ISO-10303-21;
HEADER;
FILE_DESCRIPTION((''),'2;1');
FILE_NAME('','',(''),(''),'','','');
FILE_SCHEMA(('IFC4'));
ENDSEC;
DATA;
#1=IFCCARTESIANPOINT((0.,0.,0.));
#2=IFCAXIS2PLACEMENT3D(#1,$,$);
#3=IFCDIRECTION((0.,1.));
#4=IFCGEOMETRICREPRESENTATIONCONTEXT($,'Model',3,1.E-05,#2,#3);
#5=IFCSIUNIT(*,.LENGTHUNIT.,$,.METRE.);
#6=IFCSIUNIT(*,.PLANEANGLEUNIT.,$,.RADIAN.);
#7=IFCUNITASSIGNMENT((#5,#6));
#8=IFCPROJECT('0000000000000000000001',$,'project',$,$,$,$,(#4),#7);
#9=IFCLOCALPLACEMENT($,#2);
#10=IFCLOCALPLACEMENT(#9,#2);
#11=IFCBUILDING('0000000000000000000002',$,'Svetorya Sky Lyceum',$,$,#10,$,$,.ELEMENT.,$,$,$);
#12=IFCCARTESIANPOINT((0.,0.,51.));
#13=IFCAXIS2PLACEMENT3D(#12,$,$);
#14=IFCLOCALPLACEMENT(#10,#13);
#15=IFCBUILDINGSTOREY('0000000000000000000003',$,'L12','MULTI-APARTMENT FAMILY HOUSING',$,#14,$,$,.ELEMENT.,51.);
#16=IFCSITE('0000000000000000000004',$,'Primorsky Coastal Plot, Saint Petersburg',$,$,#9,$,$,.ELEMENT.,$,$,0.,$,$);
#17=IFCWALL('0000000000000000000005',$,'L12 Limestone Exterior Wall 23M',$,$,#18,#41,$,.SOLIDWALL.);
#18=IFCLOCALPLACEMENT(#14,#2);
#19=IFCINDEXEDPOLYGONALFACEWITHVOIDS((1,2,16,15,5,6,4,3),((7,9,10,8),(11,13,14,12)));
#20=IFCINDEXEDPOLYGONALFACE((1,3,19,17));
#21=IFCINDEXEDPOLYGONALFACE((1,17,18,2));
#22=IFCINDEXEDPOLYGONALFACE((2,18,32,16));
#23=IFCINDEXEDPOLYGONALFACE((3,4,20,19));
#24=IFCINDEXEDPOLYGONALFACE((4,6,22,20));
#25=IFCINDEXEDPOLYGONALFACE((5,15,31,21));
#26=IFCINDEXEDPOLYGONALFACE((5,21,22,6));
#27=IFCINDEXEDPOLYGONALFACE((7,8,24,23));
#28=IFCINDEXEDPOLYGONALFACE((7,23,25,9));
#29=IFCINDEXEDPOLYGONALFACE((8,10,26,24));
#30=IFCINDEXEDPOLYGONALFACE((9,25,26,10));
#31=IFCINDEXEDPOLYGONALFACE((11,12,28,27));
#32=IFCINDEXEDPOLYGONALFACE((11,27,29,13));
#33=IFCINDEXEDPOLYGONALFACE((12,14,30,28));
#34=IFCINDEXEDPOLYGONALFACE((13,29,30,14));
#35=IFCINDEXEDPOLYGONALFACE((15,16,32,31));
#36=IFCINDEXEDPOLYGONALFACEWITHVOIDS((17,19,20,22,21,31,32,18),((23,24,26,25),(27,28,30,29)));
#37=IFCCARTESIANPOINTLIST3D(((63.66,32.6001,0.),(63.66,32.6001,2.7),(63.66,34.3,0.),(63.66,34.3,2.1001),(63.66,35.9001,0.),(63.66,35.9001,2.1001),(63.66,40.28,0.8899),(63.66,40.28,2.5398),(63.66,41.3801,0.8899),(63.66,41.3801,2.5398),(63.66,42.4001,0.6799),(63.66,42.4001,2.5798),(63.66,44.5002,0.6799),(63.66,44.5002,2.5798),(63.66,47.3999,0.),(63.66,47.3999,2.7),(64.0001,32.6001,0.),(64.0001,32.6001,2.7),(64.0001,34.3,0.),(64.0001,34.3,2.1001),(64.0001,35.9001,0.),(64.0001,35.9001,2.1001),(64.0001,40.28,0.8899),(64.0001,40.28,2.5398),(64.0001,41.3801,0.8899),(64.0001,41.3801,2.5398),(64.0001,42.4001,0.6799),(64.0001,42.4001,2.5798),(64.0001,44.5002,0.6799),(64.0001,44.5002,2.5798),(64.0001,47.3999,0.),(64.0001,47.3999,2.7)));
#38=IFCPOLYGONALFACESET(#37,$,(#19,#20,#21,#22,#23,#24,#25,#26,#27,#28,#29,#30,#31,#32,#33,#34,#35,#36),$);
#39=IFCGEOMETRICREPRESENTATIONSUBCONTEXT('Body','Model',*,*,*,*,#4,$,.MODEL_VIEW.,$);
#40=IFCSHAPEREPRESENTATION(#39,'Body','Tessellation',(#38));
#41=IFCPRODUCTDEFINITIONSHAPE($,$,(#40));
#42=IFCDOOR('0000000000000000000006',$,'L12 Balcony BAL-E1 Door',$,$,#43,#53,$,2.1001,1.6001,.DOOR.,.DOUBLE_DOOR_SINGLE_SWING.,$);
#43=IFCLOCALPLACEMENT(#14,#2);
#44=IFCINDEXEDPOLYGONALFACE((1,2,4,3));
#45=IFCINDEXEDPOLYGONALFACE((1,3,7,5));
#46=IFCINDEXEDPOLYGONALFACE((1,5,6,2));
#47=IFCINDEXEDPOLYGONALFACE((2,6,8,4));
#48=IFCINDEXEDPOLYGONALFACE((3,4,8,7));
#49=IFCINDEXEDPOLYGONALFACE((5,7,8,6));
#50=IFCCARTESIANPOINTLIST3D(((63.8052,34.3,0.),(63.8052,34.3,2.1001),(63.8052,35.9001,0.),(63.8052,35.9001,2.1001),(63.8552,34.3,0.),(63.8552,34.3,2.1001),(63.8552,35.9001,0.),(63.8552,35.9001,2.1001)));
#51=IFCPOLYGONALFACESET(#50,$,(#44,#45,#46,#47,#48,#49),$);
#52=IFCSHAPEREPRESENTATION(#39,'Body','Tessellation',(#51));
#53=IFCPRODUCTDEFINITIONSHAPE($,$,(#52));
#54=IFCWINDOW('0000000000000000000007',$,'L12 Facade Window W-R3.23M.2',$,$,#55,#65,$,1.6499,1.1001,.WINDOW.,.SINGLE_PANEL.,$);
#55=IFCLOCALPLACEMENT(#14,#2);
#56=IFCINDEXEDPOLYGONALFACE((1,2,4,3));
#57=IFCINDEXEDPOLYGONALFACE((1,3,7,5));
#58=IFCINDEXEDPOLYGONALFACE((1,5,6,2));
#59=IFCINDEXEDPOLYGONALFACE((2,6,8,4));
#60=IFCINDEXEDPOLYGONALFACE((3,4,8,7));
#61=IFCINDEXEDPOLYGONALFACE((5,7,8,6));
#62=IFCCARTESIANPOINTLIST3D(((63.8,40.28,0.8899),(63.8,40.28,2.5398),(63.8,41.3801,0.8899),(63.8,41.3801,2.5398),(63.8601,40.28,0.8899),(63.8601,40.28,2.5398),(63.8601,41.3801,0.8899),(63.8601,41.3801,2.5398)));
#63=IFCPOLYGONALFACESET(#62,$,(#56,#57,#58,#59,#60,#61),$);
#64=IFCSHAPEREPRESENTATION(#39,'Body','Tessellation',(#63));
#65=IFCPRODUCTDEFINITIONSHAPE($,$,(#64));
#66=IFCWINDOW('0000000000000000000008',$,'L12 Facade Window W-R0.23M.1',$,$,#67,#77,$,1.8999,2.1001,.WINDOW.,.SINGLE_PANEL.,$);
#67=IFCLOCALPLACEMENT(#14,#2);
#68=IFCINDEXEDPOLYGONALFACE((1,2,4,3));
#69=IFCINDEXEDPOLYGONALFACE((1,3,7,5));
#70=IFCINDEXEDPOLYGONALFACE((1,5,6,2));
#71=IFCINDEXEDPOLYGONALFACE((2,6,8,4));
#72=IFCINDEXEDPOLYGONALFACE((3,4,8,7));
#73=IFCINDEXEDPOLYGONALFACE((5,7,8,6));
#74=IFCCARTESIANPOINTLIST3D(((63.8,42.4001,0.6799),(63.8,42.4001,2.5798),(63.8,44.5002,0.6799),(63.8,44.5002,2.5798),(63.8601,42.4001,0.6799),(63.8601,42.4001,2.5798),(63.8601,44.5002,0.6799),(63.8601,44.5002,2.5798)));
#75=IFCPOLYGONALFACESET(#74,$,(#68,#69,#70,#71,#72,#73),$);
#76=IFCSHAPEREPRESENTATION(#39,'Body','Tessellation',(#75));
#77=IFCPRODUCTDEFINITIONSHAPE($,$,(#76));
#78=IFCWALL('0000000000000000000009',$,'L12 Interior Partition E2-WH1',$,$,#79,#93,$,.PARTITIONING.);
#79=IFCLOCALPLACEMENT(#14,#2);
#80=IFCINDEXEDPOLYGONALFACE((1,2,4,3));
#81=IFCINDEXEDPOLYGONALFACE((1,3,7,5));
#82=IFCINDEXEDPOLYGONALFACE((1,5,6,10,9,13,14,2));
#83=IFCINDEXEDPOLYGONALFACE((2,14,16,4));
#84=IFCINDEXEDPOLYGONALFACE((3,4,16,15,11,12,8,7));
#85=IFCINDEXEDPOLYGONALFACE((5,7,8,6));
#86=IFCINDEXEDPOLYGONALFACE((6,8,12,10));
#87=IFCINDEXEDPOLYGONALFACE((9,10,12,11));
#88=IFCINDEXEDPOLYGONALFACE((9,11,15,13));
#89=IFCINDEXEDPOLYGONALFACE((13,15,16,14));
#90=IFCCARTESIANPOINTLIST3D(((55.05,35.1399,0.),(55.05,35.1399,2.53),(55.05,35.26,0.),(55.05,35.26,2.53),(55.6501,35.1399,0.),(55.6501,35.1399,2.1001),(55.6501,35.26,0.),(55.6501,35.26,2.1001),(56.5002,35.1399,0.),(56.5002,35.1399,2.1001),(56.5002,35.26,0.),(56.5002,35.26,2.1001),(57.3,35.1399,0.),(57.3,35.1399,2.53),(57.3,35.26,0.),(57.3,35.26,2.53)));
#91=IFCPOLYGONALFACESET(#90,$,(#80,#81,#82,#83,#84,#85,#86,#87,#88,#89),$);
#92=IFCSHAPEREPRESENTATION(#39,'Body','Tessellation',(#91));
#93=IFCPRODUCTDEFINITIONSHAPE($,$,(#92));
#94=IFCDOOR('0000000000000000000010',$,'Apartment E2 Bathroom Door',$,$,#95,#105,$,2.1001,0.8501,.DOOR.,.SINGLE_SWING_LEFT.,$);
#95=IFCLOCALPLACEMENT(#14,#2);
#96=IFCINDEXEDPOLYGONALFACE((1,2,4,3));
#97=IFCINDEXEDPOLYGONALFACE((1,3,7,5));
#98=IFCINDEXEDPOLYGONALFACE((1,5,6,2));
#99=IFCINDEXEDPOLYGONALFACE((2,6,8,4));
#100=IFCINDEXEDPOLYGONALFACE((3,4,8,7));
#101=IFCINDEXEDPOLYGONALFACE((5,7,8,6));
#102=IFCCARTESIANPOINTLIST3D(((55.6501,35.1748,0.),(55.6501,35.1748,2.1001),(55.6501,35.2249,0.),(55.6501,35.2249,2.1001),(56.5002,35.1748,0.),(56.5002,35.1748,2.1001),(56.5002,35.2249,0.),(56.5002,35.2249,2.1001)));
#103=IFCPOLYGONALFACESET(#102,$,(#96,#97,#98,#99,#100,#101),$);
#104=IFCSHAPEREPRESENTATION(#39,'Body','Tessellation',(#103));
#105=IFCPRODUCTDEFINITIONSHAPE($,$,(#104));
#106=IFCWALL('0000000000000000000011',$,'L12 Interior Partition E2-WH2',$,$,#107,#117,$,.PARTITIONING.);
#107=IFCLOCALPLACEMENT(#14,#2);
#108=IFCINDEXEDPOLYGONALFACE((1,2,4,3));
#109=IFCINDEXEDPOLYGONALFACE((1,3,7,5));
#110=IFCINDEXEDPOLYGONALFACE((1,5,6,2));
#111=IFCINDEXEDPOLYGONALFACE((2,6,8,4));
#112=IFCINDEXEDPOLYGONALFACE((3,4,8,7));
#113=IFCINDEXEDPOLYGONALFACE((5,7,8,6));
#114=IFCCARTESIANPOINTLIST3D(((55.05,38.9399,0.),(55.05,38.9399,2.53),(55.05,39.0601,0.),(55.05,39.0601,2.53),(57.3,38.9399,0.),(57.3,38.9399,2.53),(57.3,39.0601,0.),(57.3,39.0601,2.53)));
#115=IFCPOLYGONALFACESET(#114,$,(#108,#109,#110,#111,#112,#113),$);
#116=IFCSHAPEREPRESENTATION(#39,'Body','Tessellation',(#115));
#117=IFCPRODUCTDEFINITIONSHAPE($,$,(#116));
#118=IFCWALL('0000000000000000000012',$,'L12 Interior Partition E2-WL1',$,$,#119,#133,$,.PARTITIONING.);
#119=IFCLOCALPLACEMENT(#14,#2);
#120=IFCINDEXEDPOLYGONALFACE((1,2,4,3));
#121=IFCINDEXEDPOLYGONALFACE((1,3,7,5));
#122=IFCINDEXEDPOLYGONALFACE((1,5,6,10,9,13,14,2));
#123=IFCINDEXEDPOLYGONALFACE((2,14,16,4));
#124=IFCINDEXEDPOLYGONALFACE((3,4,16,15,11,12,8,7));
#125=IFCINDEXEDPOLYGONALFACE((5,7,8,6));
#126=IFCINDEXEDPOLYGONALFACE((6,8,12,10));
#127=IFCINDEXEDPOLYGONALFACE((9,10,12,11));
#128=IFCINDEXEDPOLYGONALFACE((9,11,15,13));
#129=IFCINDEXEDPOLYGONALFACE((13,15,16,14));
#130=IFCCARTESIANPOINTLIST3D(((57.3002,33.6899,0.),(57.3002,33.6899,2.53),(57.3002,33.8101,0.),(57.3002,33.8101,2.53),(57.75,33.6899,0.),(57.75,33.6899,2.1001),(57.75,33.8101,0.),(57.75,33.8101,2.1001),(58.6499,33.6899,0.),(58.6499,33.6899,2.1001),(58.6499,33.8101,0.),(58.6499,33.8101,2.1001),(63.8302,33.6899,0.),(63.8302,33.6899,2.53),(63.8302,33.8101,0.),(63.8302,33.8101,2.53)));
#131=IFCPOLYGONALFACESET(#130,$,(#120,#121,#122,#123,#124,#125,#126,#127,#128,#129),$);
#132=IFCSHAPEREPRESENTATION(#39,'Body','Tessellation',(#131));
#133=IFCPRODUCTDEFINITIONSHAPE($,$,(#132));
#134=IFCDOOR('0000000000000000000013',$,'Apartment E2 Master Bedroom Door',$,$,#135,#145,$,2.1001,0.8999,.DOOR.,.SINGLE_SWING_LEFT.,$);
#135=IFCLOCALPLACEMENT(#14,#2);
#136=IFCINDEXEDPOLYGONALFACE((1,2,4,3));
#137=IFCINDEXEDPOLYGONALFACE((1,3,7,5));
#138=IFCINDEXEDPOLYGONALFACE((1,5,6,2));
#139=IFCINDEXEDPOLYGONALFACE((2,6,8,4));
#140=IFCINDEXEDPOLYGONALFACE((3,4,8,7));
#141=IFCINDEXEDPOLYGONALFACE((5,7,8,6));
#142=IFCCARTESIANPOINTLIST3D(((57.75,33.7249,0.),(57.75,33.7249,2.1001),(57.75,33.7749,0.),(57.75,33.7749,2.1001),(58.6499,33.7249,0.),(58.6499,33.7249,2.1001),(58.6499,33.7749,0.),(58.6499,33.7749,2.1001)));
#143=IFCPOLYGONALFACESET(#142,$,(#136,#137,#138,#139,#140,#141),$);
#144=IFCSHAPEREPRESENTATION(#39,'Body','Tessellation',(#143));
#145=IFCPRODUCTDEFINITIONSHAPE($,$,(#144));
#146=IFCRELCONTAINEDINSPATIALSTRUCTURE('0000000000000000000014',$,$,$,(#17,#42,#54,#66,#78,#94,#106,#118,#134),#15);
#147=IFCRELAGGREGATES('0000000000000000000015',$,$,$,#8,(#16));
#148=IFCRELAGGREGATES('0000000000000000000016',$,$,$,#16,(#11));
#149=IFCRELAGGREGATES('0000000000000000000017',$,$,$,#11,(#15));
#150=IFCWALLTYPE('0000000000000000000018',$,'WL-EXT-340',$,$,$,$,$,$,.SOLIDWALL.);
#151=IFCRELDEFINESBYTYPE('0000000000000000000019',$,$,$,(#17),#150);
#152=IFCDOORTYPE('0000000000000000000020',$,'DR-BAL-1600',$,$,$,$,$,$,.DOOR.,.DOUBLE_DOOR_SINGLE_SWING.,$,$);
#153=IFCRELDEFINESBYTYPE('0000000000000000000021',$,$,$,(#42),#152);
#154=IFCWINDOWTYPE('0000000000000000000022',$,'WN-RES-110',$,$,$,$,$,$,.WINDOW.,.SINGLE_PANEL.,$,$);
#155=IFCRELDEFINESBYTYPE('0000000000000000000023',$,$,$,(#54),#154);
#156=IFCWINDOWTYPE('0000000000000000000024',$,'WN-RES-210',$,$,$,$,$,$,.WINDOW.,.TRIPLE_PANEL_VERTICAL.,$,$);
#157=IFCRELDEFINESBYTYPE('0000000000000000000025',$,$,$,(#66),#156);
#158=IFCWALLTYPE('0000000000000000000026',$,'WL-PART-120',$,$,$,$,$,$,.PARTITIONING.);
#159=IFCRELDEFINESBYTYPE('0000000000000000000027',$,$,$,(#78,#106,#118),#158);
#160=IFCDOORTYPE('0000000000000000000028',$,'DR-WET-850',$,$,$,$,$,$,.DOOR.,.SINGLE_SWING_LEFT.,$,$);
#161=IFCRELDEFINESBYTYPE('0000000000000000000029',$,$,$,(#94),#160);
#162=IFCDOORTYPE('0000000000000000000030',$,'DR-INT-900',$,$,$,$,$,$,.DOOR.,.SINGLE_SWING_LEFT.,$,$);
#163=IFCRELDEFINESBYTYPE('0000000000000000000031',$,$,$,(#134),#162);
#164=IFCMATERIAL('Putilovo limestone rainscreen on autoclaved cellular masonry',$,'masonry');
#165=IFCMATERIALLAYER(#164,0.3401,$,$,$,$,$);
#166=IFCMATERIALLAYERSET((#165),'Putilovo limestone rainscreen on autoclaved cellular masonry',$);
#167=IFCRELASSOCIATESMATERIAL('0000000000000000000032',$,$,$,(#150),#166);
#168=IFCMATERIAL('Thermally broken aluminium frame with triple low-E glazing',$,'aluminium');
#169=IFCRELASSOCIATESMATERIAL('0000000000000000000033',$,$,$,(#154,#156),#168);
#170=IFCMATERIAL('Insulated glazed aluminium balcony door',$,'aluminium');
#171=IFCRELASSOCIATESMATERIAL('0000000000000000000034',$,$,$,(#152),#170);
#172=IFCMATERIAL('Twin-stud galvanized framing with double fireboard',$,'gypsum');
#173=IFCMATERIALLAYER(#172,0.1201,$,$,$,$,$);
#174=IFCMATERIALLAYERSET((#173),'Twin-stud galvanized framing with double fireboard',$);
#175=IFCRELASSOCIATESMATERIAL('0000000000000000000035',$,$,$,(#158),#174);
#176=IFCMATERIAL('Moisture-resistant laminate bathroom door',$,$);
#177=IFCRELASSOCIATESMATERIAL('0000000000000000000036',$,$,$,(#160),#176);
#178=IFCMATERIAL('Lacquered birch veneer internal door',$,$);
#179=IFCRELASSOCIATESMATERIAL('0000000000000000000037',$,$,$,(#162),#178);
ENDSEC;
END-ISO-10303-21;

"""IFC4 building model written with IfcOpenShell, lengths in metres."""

from ifc_helpers import new_model, si_unit, direction, frame, frame_2d, origin, place, context, subcontext, project, spatial, rectangle, extrude, material, layer, layer_set, type_object, element, fill, save


model = new_model("IFC4")

# Units and contexts
model_context = context("Model", 3, precision=1e-05, world=origin(), true_north=direction((0.0, 1.0)))
body_context = subcontext(model_context, "Body", "Model", "MODEL_VIEW")
ifc_project = project(units=[si_unit("LENGTHUNIT", "METRE"), si_unit("PLANEANGLEUNIT", "RADIAN")], contexts=[model_context])

# Site, building, storey
site_placement = place(None, origin())
site = spatial("IfcSite", under=ifc_project, at=site_placement, Name="Primorsky Coastal Plot, Saint Petersburg", CompositionType="ELEMENT", RefElevation=0.0)
building_placement = place(site_placement, origin())
building = spatial("IfcBuilding", under=site, at=building_placement, Name="Svetorya Sky Lyceum", CompositionType="ELEMENT")
storey_placement = place(building_placement, frame((0.0, 0.0, 51.0)))
storey = spatial("IfcBuildingStorey", under=building, at=storey_placement, Name="L12", Description="MULTI-APARTMENT FAMILY HOUSING", CompositionType="ELEMENT", Elevation=51.0)

# Shared definitions
ifc_material_1 = material(Name="Putilovo limestone rainscreen on autoclaved cellular masonry", Category="masonry")
ifc_layer_1 = layer(ifc_material_1, 0.3401)
ifc_layer_set_1 = layer_set([ifc_layer_1], Name="Putilovo limestone rainscreen on autoclaved cellular masonry")
wall_type_1 = type_object("IfcWallType", Name="WL-EXT-340", PredefinedType="SOLIDWALL", material=ifc_layer_set_1)

# Shared definitions
ifc_material_2 = material(Name="Thermally broken aluminium frame with triple low-E glazing", Category="aluminium")
window_type_1 = type_object("IfcWindowType", Name="WN-RES-110", PartitioningType="SINGLE_PANEL", PredefinedType="WINDOW", material=ifc_material_2)

# Wall, openings, door, windows
wall_1_placement = place(storey_placement, frame((63.8301, 32.6001, 0.0), z_axis=(0.0, 0.0, 1.0), x_axis=(0.0, 1.0, 0.0)))
wall_1 = element("IfcWall", 1, at=wall_1_placement, inside=storey, type_object=wall_type_1, Name="L12 Limestone Exterior Wall 23M", PredefinedType="SOLIDWALL", context=body_context, shape_type="SweptSolid", body=[
    extrude(rectangle(XDim=14.7998, YDim=0.3401, at=frame_2d((7.3999, 0.0))), origin(), (0.0, 0.0, 1.0), 2.7),
])
opening_1_placement = place(wall_1_placement, frame((1.7, 0.0, 0.0)))
opening_1 = element("IfcOpeningElement", 2, at=opening_1_placement, cuts=wall_1, PredefinedType="OPENING", context=body_context, shape_type="SweptSolid", body=[
    extrude(rectangle(XDim=1.6001, YDim=2.1001, at=frame_2d((0.8, 1.05))), frame((0.0, 0.1799, 0.0), z_axis=(0.0, -1.0, 0.0), x_axis=(1.0, 0.0, 0.0)), (0.0, 0.0, 1.0), 0.3601),
])
opening_2_placement = place(wall_1_placement, frame((7.6799, 0.0, 0.8899)))
opening_2 = element("IfcOpeningElement", 3, at=opening_2_placement, cuts=wall_1, PredefinedType="OPENING", context=body_context, shape_type="SweptSolid", body=[
    extrude(rectangle(XDim=1.1001, YDim=1.6499, at=frame_2d((0.55, 0.825))), frame((0.0, 0.1799, 0.0), z_axis=(0.0, -1.0, 0.0), x_axis=(1.0, 0.0, 0.0)), (0.0, 0.0, 1.0), 0.3601),
])
opening_3_placement = place(wall_1_placement, frame((9.8, 0.0, 0.6799)))
opening_3 = element("IfcOpeningElement", 4, at=opening_3_placement, cuts=wall_1, PredefinedType="OPENING", context=body_context, shape_type="SweptSolid", body=[
    extrude(rectangle(XDim=2.1001, YDim=1.8999, at=frame_2d((1.05, 0.95))), frame((0.0, 0.1799, 0.0), z_axis=(0.0, -1.0, 0.0), x_axis=(1.0, 0.0, 0.0)), (0.0, 0.0, 1.0), 0.3601),
])
ifc_material_3 = material(Name="Insulated glazed aluminium balcony door", Category="aluminium")
door_type_1 = type_object("IfcDoorType", Name="DR-BAL-1600", OperationType="DOUBLE_DOOR_SINGLE_SWING", PredefinedType="DOOR", material=ifc_material_3)
door_1_placement = place(opening_1_placement, origin())
door_1 = element("IfcDoor", 5, at=door_1_placement, inside=storey, type_object=door_type_1, Name="L12 Balcony BAL-E1 Door", OperationType="DOUBLE_DOOR_SINGLE_SWING", OverallHeight=2.1001, OverallWidth=1.6001, PredefinedType="DOOR", context=body_context, shape_type="SweptSolid", body=[
    extrude(rectangle(XDim=1.6001, YDim=2.1001, at=frame_2d((0.8, 1.05))), frame((0.0, 0.0249, 0.0), z_axis=(0.0, -1.0, 0.0), x_axis=(1.0, 0.0, 0.0)), (0.0, 0.0, 1.0), 0.05),
])
fill(opening_1, door_1)
window_1_placement = place(opening_2_placement, origin())
window_1 = element("IfcWindow", 6, at=window_1_placement, inside=storey, type_object=window_type_1, Name="L12 Facade Window W-R3.23M.2", OverallHeight=1.6499, OverallWidth=1.1001, PartitioningType="SINGLE_PANEL", PredefinedType="WINDOW", context=body_context, shape_type="SweptSolid", body=[
    extrude(rectangle(XDim=1.1001, YDim=1.6499, at=frame_2d((0.55, 0.825))), frame((0.0, 0.03, 0.0), z_axis=(0.0, -1.0, 0.0), x_axis=(1.0, 0.0, 0.0)), (0.0, 0.0, 1.0), 0.0601),
])
fill(opening_2, window_1)
window_type_2 = type_object("IfcWindowType", Name="WN-RES-210", PartitioningType="TRIPLE_PANEL_VERTICAL", PredefinedType="WINDOW", material=ifc_material_2)
window_2_placement = place(opening_3_placement, origin())
window_2 = element("IfcWindow", 7, at=window_2_placement, inside=storey, type_object=window_type_2, Name="L12 Facade Window W-R0.23M.1", OverallHeight=1.8999, OverallWidth=2.1001, PartitioningType="SINGLE_PANEL", PredefinedType="WINDOW", context=body_context, shape_type="SweptSolid", body=[
    extrude(rectangle(XDim=2.1001, YDim=1.8999, at=frame_2d((1.05, 0.95))), frame((0.0, 0.03, 0.0), z_axis=(0.0, -1.0, 0.0), x_axis=(1.0, 0.0, 0.0)), (0.0, 0.0, 1.0), 0.0601),
])
fill(opening_3, window_2)

# Wall, opening, door
ifc_material_4 = material(Name="Twin-stud galvanized framing with double fireboard", Category="gypsum")
ifc_layer_2 = layer(ifc_material_4, 0.1201)
ifc_layer_set_2 = layer_set([ifc_layer_2], Name="Twin-stud galvanized framing with double fireboard")
wall_type_2 = type_object("IfcWallType", Name="WL-PART-120", PredefinedType="PARTITIONING", material=ifc_layer_set_2)
wall_2_placement = place(storey_placement, frame((55.05, 35.2, 0.0), z_axis=(0.0, 0.0, 1.0), x_axis=(1.0, 0.0, 0.0)))
wall_2 = element("IfcWall", 8, at=wall_2_placement, inside=storey, type_object=wall_type_2, Name="L12 Interior Partition E2-WH1", PredefinedType="PARTITIONING", context=body_context, shape_type="SweptSolid", body=[
    extrude(rectangle(XDim=2.25, YDim=0.1201, at=frame_2d((1.125, 0.0))), origin(), (0.0, 0.0, 1.0), 2.53),
])
opening_4_placement = place(wall_2_placement, frame((0.6001, 0.0, 0.0)))
opening_4 = element("IfcOpeningElement", 9, at=opening_4_placement, cuts=wall_2, PredefinedType="OPENING", context=body_context, shape_type="SweptSolid", body=[
    extrude(rectangle(XDim=0.8501, YDim=2.1001, at=frame_2d((0.425, 1.05))), frame((0.0, 0.0701, 0.0), z_axis=(0.0, -1.0, 0.0), x_axis=(1.0, 0.0, 0.0)), (0.0, 0.0, 1.0), 0.1401),
])
ifc_material_5 = material(Name="Moisture-resistant laminate bathroom door")
door_type_2 = type_object("IfcDoorType", Name="DR-WET-850", OperationType="SINGLE_SWING_LEFT", PredefinedType="DOOR", material=ifc_material_5)
door_2_placement = place(opening_4_placement, origin())
door_2 = element("IfcDoor", 10, at=door_2_placement, inside=storey, type_object=door_type_2, Name="Apartment E2 Bathroom Door", OperationType="SINGLE_SWING_LEFT", OverallHeight=2.1001, OverallWidth=0.8501, PredefinedType="DOOR", context=body_context, shape_type="SweptSolid", body=[
    extrude(rectangle(XDim=0.8501, YDim=2.1001, at=frame_2d((0.425, 1.05))), frame((0.0, 0.0249, 0.0), z_axis=(0.0, -1.0, 0.0), x_axis=(1.0, 0.0, 0.0)), (0.0, 0.0, 1.0), 0.05),
])
fill(opening_4, door_2)

# Wall
wall_3_placement = place(storey_placement, frame((55.05, 39.0, 0.0), z_axis=(0.0, 0.0, 1.0), x_axis=(1.0, 0.0, 0.0)))
element("IfcWall", 11, at=wall_3_placement, inside=storey, type_object=wall_type_2, Name="L12 Interior Partition E2-WH2", PredefinedType="PARTITIONING", context=body_context, shape_type="SweptSolid", body=[
    extrude(rectangle(XDim=2.25, YDim=0.1201, at=frame_2d((1.125, 0.0))), origin(), (0.0, 0.0, 1.0), 2.53),
])

# Wall, opening, door
wall_4_placement = place(storey_placement, frame((57.3, 33.75, 0.0), z_axis=(0.0, 0.0, 1.0), x_axis=(1.0, 0.0, 0.0)))
wall_4 = element("IfcWall", 12, at=wall_4_placement, inside=storey, type_object=wall_type_2, Name="L12 Interior Partition E2-WL1", PredefinedType="PARTITIONING", context=body_context, shape_type="SweptSolid", body=[
    extrude(rectangle(XDim=6.53, YDim=0.1201, at=frame_2d((3.2651, 0.0))), origin(), (0.0, 0.0, 1.0), 2.53),
])
opening_5_placement = place(wall_4_placement, frame((0.45, 0.0, 0.0)))
opening_5 = element("IfcOpeningElement", 13, at=opening_5_placement, cuts=wall_4, PredefinedType="OPENING", context=body_context, shape_type="SweptSolid", body=[
    extrude(rectangle(XDim=0.8999, YDim=2.1001, at=frame_2d((0.45, 1.05))), frame((0.0, 0.0701, 0.0), z_axis=(0.0, -1.0, 0.0), x_axis=(1.0, 0.0, 0.0)), (0.0, 0.0, 1.0), 0.1401),
])
ifc_material_6 = material(Name="Lacquered birch veneer internal door")
door_type_3 = type_object("IfcDoorType", Name="DR-INT-900", OperationType="SINGLE_SWING_LEFT", PredefinedType="DOOR", material=ifc_material_6)
door_3_placement = place(opening_5_placement, origin())
door_3 = element("IfcDoor", 14, at=door_3_placement, inside=storey, type_object=door_type_3, Name="Apartment E2 Master Bedroom Door", OperationType="SINGLE_SWING_LEFT", OverallHeight=2.1001, OverallWidth=0.8999, PredefinedType="DOOR", context=body_context, shape_type="SweptSolid", body=[
    extrude(rectangle(XDim=0.8999, YDim=2.1001, at=frame_2d((0.45, 1.05))), frame((0.0, 0.0249, 0.0), z_axis=(0.0, -1.0, 0.0), x_axis=(1.0, 0.0, 0.0)), (0.0, 0.0, 1.0), 0.05),
])
fill(opening_5, door_3)

save(model, "model.ifc")
